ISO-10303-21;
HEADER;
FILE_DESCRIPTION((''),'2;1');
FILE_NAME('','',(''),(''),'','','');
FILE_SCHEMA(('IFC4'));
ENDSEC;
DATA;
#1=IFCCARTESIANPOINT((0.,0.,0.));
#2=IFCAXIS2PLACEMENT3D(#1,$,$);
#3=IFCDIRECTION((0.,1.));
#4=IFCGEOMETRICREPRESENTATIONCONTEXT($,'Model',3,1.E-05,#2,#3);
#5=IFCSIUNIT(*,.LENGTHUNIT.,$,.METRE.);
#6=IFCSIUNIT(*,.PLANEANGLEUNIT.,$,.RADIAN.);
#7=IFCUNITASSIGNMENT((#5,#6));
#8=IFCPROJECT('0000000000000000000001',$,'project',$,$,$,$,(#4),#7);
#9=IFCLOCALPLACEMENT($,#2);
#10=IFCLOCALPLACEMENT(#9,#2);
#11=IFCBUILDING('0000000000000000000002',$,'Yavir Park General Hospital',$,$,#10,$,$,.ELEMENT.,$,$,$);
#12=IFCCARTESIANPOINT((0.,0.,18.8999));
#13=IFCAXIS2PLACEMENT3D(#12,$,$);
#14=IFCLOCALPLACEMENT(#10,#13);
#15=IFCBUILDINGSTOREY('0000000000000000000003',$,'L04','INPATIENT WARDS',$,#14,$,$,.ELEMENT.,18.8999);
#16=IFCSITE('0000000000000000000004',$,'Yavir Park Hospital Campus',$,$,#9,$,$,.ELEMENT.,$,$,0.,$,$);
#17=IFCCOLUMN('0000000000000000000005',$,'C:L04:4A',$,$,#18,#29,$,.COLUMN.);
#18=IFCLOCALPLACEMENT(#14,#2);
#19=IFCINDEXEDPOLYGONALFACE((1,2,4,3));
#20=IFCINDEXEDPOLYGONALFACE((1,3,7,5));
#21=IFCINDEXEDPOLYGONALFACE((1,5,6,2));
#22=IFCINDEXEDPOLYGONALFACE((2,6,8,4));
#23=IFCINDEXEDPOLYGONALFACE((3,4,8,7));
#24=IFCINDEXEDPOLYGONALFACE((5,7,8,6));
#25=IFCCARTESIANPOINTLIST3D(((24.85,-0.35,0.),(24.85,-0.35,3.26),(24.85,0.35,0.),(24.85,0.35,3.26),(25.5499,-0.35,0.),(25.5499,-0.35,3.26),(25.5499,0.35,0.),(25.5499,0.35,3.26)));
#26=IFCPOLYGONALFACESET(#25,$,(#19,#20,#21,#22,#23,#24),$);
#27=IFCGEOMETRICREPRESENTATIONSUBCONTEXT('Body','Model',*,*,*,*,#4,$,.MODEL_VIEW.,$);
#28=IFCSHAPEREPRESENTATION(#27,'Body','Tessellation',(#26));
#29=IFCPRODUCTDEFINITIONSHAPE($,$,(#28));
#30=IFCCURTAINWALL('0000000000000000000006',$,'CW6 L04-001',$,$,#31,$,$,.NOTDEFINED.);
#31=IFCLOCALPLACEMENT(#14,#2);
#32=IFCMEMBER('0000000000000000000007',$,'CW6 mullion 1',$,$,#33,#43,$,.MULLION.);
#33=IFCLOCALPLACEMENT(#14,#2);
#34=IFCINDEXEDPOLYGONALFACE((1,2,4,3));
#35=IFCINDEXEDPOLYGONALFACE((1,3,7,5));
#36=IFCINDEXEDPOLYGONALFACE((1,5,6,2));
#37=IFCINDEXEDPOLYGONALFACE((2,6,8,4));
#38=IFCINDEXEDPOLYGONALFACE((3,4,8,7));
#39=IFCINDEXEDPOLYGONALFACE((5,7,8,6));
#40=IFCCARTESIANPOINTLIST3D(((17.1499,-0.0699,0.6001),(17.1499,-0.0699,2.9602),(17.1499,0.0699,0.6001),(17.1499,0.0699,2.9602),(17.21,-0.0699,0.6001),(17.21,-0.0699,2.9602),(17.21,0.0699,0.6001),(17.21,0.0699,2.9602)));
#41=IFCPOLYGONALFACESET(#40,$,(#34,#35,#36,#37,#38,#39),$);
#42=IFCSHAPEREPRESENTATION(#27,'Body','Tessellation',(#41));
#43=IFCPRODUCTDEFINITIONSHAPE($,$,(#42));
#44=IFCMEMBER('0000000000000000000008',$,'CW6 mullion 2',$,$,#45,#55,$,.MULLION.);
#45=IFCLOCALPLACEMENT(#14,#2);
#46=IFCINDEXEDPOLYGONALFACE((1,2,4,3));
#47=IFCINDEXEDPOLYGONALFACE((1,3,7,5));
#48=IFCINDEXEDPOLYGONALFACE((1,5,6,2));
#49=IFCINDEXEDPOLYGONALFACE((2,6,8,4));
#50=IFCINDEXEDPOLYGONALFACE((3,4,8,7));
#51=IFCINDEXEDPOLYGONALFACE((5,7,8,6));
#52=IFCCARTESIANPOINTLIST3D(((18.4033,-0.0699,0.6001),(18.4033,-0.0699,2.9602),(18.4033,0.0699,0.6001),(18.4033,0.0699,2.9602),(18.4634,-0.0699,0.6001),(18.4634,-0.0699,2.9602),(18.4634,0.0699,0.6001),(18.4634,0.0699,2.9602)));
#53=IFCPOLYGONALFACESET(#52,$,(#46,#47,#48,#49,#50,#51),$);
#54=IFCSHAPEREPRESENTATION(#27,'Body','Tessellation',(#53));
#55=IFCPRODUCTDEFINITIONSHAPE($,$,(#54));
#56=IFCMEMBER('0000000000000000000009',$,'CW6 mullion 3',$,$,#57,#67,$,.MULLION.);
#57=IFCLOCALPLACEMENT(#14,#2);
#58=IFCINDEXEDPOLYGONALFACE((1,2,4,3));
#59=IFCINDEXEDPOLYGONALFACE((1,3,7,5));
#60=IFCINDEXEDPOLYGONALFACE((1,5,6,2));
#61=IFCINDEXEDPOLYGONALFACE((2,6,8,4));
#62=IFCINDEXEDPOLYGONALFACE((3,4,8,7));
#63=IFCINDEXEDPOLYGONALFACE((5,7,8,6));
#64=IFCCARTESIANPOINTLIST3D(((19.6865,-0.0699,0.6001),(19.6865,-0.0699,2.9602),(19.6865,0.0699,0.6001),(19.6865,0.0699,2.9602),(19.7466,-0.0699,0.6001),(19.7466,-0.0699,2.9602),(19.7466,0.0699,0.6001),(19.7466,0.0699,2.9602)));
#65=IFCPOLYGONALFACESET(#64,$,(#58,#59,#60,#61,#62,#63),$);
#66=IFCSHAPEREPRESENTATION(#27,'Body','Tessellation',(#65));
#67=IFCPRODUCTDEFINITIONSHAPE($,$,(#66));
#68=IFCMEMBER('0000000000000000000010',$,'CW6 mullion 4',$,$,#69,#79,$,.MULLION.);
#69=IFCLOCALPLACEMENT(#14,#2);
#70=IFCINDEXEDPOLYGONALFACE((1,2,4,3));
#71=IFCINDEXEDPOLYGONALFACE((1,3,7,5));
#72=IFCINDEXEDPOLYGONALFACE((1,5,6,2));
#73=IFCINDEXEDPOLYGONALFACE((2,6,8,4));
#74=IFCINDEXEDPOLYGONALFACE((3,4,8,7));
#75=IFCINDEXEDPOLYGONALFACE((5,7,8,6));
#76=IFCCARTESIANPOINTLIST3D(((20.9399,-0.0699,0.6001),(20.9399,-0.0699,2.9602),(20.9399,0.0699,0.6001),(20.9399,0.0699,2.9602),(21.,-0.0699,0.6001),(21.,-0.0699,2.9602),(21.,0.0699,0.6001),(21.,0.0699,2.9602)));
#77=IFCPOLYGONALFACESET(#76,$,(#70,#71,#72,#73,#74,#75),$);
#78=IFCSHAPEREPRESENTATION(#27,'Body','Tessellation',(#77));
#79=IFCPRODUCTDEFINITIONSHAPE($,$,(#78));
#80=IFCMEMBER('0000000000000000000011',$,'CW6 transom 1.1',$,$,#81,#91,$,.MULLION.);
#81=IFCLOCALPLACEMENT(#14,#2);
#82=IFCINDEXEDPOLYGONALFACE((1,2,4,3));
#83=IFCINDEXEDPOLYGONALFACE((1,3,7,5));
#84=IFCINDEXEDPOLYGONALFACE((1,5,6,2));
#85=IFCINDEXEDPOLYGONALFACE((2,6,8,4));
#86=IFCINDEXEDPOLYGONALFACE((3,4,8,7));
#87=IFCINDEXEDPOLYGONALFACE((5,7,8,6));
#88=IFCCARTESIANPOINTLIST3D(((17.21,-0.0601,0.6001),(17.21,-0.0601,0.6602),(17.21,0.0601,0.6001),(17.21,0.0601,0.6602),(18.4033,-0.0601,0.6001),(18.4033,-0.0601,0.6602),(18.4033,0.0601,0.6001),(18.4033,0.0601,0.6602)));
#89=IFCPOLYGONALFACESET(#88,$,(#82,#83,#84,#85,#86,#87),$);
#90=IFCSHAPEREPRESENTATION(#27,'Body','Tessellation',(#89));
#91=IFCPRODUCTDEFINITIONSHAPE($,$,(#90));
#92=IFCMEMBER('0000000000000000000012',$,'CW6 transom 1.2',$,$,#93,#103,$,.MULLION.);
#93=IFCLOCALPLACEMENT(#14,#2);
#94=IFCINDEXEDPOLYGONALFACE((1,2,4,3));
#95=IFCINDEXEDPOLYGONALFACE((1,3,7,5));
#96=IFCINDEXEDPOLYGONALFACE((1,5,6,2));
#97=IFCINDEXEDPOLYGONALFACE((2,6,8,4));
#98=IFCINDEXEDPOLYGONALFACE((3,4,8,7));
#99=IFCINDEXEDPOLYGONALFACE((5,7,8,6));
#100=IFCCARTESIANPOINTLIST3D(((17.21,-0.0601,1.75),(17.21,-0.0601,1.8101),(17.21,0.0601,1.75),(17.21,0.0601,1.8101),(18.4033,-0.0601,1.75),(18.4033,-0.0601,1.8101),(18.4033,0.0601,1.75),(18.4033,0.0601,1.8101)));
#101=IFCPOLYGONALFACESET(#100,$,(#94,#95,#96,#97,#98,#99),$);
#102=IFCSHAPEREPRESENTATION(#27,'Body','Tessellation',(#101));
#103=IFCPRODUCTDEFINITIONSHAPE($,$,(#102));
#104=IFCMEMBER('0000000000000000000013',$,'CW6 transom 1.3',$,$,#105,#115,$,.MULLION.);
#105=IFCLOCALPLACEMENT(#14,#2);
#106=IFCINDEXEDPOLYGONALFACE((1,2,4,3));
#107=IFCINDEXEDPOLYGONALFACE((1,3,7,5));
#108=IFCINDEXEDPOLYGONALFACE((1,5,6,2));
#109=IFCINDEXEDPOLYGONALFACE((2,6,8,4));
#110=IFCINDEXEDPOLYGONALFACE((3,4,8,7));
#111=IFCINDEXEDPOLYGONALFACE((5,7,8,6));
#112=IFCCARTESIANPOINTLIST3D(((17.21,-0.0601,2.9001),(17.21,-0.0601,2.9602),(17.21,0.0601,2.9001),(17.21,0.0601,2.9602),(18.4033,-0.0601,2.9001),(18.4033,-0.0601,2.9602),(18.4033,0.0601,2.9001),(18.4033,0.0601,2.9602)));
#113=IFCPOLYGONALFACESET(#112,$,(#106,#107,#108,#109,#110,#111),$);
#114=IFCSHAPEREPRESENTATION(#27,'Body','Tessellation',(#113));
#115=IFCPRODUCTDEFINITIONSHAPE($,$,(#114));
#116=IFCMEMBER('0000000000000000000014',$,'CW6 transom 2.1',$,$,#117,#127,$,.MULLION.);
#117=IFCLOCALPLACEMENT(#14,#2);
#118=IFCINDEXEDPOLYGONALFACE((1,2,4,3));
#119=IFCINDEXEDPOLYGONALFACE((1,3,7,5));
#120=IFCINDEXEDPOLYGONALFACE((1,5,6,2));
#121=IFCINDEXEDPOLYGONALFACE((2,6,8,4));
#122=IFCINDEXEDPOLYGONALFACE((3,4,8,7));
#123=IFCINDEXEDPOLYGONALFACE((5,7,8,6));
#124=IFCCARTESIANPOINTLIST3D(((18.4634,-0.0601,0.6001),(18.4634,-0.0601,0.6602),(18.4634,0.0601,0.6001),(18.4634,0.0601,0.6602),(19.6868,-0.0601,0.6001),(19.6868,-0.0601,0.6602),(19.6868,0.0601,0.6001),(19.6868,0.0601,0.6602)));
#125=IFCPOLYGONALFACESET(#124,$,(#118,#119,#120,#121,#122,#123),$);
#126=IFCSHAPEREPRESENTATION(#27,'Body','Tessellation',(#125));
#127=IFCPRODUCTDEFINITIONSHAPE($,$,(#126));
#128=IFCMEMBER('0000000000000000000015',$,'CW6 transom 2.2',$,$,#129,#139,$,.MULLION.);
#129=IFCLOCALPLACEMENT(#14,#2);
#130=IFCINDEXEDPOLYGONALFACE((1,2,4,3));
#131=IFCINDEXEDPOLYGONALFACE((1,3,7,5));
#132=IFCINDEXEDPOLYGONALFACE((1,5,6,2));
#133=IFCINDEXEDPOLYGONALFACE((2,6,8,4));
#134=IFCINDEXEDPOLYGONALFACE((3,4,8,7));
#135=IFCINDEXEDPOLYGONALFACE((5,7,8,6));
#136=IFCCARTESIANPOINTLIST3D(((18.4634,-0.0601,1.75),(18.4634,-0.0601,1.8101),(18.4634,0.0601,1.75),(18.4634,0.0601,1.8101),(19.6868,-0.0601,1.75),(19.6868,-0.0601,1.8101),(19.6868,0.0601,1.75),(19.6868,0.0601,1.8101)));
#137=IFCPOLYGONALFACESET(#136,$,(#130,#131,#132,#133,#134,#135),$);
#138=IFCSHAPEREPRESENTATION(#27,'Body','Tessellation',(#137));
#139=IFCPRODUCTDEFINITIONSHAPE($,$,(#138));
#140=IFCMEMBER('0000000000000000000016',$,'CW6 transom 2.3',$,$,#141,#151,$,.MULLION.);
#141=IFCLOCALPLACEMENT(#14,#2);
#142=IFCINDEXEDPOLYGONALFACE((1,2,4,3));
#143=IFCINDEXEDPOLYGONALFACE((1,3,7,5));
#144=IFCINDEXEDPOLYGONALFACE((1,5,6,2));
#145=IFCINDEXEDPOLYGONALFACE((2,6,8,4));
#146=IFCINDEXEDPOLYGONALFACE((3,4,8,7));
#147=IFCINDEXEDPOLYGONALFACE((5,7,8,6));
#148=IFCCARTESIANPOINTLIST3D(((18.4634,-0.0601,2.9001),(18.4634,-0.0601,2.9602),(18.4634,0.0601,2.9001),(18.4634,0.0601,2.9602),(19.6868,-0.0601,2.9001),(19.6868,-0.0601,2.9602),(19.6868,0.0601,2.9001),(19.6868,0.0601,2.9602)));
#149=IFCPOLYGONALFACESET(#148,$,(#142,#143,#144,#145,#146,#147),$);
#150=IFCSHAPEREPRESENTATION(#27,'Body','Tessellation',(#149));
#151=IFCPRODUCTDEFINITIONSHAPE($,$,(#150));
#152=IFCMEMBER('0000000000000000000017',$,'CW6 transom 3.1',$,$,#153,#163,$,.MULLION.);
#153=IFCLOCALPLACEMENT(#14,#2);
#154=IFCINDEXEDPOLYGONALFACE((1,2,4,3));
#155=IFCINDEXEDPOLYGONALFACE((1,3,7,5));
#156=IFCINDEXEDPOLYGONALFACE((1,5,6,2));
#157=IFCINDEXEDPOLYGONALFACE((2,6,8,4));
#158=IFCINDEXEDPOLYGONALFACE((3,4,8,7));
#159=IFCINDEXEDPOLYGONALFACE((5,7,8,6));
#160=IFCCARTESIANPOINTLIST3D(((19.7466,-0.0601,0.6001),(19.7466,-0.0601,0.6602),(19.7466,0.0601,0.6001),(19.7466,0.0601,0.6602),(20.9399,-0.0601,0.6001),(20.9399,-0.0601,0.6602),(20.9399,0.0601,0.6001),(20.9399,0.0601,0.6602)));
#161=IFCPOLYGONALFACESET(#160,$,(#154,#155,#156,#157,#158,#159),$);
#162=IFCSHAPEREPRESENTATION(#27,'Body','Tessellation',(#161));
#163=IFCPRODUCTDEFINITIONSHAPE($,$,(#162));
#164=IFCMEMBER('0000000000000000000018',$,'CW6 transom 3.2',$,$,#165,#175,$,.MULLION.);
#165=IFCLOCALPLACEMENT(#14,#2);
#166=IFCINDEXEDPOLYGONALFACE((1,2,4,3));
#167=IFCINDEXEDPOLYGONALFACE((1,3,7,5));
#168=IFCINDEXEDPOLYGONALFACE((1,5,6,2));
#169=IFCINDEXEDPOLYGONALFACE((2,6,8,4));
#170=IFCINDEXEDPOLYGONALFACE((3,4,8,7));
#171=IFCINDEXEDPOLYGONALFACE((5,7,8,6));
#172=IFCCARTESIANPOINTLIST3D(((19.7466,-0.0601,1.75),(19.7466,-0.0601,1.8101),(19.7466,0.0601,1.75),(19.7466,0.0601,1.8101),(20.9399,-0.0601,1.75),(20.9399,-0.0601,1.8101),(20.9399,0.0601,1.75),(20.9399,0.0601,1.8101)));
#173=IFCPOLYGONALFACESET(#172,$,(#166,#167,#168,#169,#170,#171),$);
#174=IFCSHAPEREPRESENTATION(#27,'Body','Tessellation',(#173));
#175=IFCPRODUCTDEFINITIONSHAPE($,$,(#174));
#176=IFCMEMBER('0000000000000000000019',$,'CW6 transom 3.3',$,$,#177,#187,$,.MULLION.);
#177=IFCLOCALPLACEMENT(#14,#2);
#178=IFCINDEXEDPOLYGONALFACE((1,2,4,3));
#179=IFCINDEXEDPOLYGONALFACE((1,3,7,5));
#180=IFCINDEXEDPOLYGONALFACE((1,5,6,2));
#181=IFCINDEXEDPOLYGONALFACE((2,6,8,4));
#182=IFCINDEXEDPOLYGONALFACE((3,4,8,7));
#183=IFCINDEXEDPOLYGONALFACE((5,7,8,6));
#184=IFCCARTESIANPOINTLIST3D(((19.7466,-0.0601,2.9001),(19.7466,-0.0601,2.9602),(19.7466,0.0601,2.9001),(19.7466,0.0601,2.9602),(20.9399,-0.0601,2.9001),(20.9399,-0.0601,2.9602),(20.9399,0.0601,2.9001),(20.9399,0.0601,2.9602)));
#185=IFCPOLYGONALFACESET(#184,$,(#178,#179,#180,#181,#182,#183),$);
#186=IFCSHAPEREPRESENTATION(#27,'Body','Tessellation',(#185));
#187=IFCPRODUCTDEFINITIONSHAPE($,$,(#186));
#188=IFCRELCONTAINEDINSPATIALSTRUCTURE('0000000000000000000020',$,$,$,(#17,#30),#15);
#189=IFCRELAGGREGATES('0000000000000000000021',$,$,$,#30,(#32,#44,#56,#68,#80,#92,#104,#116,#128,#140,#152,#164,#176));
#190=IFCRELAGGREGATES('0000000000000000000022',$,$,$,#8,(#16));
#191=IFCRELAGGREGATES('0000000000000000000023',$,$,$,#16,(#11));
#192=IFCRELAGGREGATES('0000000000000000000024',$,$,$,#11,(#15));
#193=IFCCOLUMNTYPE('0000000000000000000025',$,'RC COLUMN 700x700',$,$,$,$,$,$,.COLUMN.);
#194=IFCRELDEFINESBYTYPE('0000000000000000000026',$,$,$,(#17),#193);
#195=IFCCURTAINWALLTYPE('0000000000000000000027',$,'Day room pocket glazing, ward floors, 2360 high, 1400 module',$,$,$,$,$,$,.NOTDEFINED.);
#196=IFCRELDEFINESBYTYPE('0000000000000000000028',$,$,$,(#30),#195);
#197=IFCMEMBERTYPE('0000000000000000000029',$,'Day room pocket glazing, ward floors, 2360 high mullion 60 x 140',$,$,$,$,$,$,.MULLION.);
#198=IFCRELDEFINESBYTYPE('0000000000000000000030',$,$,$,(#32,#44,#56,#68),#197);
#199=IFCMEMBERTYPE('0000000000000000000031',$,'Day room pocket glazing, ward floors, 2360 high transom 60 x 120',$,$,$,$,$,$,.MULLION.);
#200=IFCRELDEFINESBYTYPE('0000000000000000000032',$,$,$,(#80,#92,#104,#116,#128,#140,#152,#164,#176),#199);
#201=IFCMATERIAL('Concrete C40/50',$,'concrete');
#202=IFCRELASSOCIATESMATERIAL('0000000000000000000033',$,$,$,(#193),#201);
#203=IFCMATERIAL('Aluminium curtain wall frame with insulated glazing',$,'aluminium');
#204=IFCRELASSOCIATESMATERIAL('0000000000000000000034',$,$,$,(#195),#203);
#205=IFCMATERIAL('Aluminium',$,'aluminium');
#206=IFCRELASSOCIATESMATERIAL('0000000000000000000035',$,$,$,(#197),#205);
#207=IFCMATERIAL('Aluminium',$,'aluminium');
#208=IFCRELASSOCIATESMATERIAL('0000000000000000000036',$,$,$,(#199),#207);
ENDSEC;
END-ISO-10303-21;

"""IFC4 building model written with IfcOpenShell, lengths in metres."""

from ifc_helpers import new_model, si_unit, direction, frame, origin, origin_2d, place, context, subcontext, project, spatial, rectangle, extrude, material, material_profile, profile_set, type_object, element, aggregate, save


model = new_model("IFC4")

# Units and contexts
model_context = context("Model", 3, precision=1e-05, world=origin(), true_north=direction((0.0, 1.0)))
body_context = subcontext(model_context, "Body", "Model", "MODEL_VIEW")
ifc_project = project(units=[si_unit("LENGTHUNIT", "METRE"), si_unit("PLANEANGLEUNIT", "RADIAN")], contexts=[model_context])

# Site, building, storey
site_placement = place(None, origin())
site = spatial("IfcSite", under=ifc_project, at=site_placement, Name="Yavir Park Hospital Campus", CompositionType="ELEMENT", RefElevation=0.0)
building_placement = place(site_placement, origin())
building = spatial("IfcBuilding", under=site, at=building_placement, Name="Yavir Park General Hospital", CompositionType="ELEMENT")
storey_placement = place(building_placement, frame((0.0, 0.0, 18.8999)))
storey = spatial("IfcBuildingStorey", under=building, at=storey_placement, Name="L04", Description="INPATIENT WARDS", CompositionType="ELEMENT", Elevation=18.8999)

# Column
ifc_material_1 = material(Name="Concrete C40/50", Category="concrete")
ifc_material_profile_1 = material_profile(ifc_material_1, rectangle(XDim=0.7, YDim=0.7, at=origin_2d()), Name="RC700x700")
ifc_profile_set_1 = profile_set([ifc_material_profile_1], Name="Concrete C40/50")
column_type = type_object("IfcColumnType", Name="RC COLUMN 700x700", PredefinedType="COLUMN", material=ifc_profile_set_1)
column_placement = place(storey_placement, frame((25.2, 0.0, 0.0), z_axis=(0.0, 0.0, 1.0), x_axis=(1.0, 0.0, 0.0)))
element("IfcColumn", 1, at=column_placement, inside=storey, type_object=column_type, Name="C:L04:4A", PredefinedType="COLUMN", context=body_context, shape_type="SweptSolid", body=[
    extrude(rectangle(XDim=0.7, YDim=0.7, at=origin_2d()), origin(), (0.0, 0.0, 1.0), 3.26),
])

# Curtain wall, members
ifc_material_2 = material(Name="Aluminium curtain wall frame with insulated glazing", Category="aluminium")
curtain_wall_type = type_object("IfcCurtainWallType", Name="Day room pocket glazing, ward floors, 2360 high, 1400 module", PredefinedType="NOTDEFINED", material=ifc_material_2)
curtain_wall_placement = place(storey_placement, origin())
curtain_wall = element("IfcCurtainWall", 2, at=curtain_wall_placement, inside=storey, type_object=curtain_wall_type, Name="CW6 L04-001", PredefinedType="NOTDEFINED")
ifc_material_3 = material(Name="Aluminium", Category="aluminium")
ifc_material_profile_2 = material_profile(ifc_material_3, rectangle(XDim=0.1399, YDim=0.0601, at=origin_2d()), Name="AL 60x140")
ifc_profile_set_2 = profile_set([ifc_material_profile_2], Name="Aluminium")
member_type_1 = type_object("IfcMemberType", Name="Day room pocket glazing, ward floors, 2360 high mullion 60 x 140", PredefinedType="MULLION", material=ifc_profile_set_2)
member_1_placement = place(storey_placement, frame((17.1799, 0.0, 0.6001), z_axis=(0.0, 0.0, 1.0), x_axis=(0.0, 1.0, 0.0)))
member_1 = element("IfcMember", 3, at=member_1_placement, type_object=member_type_1, Name="CW6 mullion 1", PredefinedType="MULLION", context=body_context, shape_type="SweptSolid", body=[
    extrude(rectangle(XDim=0.1399, YDim=0.0601, at=origin_2d()), origin(), (0.0, 0.0, 1.0), 2.3601),
])
member_2_placement = place(storey_placement, frame((18.4333, 0.0, 0.6001), z_axis=(0.0, 0.0, 1.0), x_axis=(0.0, 1.0, 0.0)))
member_2 = element("IfcMember", 4, at=member_2_placement, type_object=member_type_1, Name="CW6 mullion 2", PredefinedType="MULLION", context=body_context, shape_type="SweptSolid", body=[
    extrude(rectangle(XDim=0.1399, YDim=0.0601, at=origin_2d()), origin(), (0.0, 0.0, 1.0), 2.3601),
])
member_3_placement = place(storey_placement, frame((19.7166, 0.0, 0.6001), z_axis=(0.0, 0.0, 1.0), x_axis=(0.0, 1.0, 0.0)))
member_3 = element("IfcMember", 5, at=member_3_placement, type_object=member_type_1, Name="CW6 mullion 3", PredefinedType="MULLION", context=body_context, shape_type="SweptSolid", body=[
    extrude(rectangle(XDim=0.1399, YDim=0.0601, at=origin_2d()), origin(), (0.0, 0.0, 1.0), 2.3601),
])
member_4_placement = place(storey_placement, frame((20.97, 0.0, 0.6001), z_axis=(0.0, 0.0, 1.0), x_axis=(0.0, 1.0, 0.0)))
member_4 = element("IfcMember", 6, at=member_4_placement, type_object=member_type_1, Name="CW6 mullion 4", PredefinedType="MULLION", context=body_context, shape_type="SweptSolid", body=[
    extrude(rectangle(XDim=0.1399, YDim=0.0601, at=origin_2d()), origin(), (0.0, 0.0, 1.0), 2.3601),
])
ifc_material_4 = material(Name="Aluminium", Category="aluminium")
ifc_material_profile_3 = material_profile(ifc_material_4, rectangle(XDim=0.1201, YDim=0.0601, at=origin_2d()), Name="AL 120x60")
ifc_profile_set_3 = profile_set([ifc_material_profile_3], Name="Aluminium")
member_type_2 = type_object("IfcMemberType", Name="Day room pocket glazing, ward floors, 2360 high transom 60 x 120", PredefinedType="MULLION", material=ifc_profile_set_3)
member_5_placement = place(storey_placement, frame((17.21, 0.0, 0.6301), z_axis=(1.0, 0.0, 0.0), x_axis=(0.0, 1.0, 0.0)))
member_5 = element("IfcMember", 7, at=member_5_placement, type_object=member_type_2, Name="CW6 transom 1.1", PredefinedType="MULLION", context=body_context, shape_type="SweptSolid", body=[
    extrude(rectangle(XDim=0.1201, YDim=0.0601, at=origin_2d()), origin(), (0.0, 0.0, 1.0), 1.1934),
])
member_6_placement = place(storey_placement, frame((17.21, 0.0, 1.78), z_axis=(1.0, 0.0, 0.0), x_axis=(0.0, 1.0, 0.0)))
member_6 = element("IfcMember", 8, at=member_6_placement, type_object=member_type_2, Name="CW6 transom 1.2", PredefinedType="MULLION", context=body_context, shape_type="SweptSolid", body=[
    extrude(rectangle(XDim=0.1201, YDim=0.0601, at=origin_2d()), origin(), (0.0, 0.0, 1.0), 1.1934),
])
member_7_placement = place(storey_placement, frame((17.21, 0.0, 2.9302), z_axis=(1.0, 0.0, 0.0), x_axis=(0.0, 1.0, 0.0)))
member_7 = element("IfcMember", 9, at=member_7_placement, type_object=member_type_2, Name="CW6 transom 1.3", PredefinedType="MULLION", context=body_context, shape_type="SweptSolid", body=[
    extrude(rectangle(XDim=0.1201, YDim=0.0601, at=origin_2d()), origin(), (0.0, 0.0, 1.0), 1.1934),
])
member_8_placement = place(storey_placement, frame((18.4634, 0.0, 0.6301), z_axis=(1.0, 0.0, 0.0), x_axis=(0.0, 1.0, 0.0)))
member_8 = element("IfcMember", 10, at=member_8_placement, type_object=member_type_2, Name="CW6 transom 2.1", PredefinedType="MULLION", context=body_context, shape_type="SweptSolid", body=[
    extrude(rectangle(XDim=0.1201, YDim=0.0601, at=origin_2d()), origin(), (0.0, 0.0, 1.0), 1.2234),
])
member_9_placement = place(storey_placement, frame((18.4634, 0.0, 1.78), z_axis=(1.0, 0.0, 0.0), x_axis=(0.0, 1.0, 0.0)))
member_9 = element("IfcMember", 11, at=member_9_placement, type_object=member_type_2, Name="CW6 transom 2.2", PredefinedType="MULLION", context=body_context, shape_type="SweptSolid", body=[
    extrude(rectangle(XDim=0.1201, YDim=0.0601, at=origin_2d()), origin(), (0.0, 0.0, 1.0), 1.2234),
])
member_10_placement = place(storey_placement, frame((18.4634, 0.0, 2.9302), z_axis=(1.0, 0.0, 0.0), x_axis=(0.0, 1.0, 0.0)))
member_10 = element("IfcMember", 12, at=member_10_placement, type_object=member_type_2, Name="CW6 transom 2.3", PredefinedType="MULLION", context=body_context, shape_type="SweptSolid", body=[
    extrude(rectangle(XDim=0.1201, YDim=0.0601, at=origin_2d()), origin(), (0.0, 0.0, 1.0), 1.2234),
])
member_11_placement = place(storey_placement, frame((19.7466, 0.0, 0.6301), z_axis=(1.0, 0.0, 0.0), x_axis=(0.0, 1.0, 0.0)))
member_11 = element("IfcMember", 13, at=member_11_placement, type_object=member_type_2, Name="CW6 transom 3.1", PredefinedType="MULLION", context=body_context, shape_type="SweptSolid", body=[
    extrude(rectangle(XDim=0.1201, YDim=0.0601, at=origin_2d()), origin(), (0.0, 0.0, 1.0), 1.1934),
])
member_12_placement = place(storey_placement, frame((19.7466, 0.0, 1.78), z_axis=(1.0, 0.0, 0.0), x_axis=(0.0, 1.0, 0.0)))
member_12 = element("IfcMember", 14, at=member_12_placement, type_object=member_type_2, Name="CW6 transom 3.2", PredefinedType="MULLION", context=body_context, shape_type="SweptSolid", body=[
    extrude(rectangle(XDim=0.1201, YDim=0.0601, at=origin_2d()), origin(), (0.0, 0.0, 1.0), 1.1934),
])
member_13_placement = place(storey_placement, frame((19.7466, 0.0, 2.9302), z_axis=(1.0, 0.0, 0.0), x_axis=(0.0, 1.0, 0.0)))
member_13 = element("IfcMember", 15, at=member_13_placement, type_object=member_type_2, Name="CW6 transom 3.3", PredefinedType="MULLION", context=body_context, shape_type="SweptSolid", body=[
    extrude(rectangle(XDim=0.1201, YDim=0.0601, at=origin_2d()), origin(), (0.0, 0.0, 1.0), 1.1934),
])

aggregate(curtain_wall, [member_1, member_2, member_3, member_4, member_5, member_6, member_7, member_8, member_9, member_10, member_11, member_12, member_13])

save(model, "model.ifc")
